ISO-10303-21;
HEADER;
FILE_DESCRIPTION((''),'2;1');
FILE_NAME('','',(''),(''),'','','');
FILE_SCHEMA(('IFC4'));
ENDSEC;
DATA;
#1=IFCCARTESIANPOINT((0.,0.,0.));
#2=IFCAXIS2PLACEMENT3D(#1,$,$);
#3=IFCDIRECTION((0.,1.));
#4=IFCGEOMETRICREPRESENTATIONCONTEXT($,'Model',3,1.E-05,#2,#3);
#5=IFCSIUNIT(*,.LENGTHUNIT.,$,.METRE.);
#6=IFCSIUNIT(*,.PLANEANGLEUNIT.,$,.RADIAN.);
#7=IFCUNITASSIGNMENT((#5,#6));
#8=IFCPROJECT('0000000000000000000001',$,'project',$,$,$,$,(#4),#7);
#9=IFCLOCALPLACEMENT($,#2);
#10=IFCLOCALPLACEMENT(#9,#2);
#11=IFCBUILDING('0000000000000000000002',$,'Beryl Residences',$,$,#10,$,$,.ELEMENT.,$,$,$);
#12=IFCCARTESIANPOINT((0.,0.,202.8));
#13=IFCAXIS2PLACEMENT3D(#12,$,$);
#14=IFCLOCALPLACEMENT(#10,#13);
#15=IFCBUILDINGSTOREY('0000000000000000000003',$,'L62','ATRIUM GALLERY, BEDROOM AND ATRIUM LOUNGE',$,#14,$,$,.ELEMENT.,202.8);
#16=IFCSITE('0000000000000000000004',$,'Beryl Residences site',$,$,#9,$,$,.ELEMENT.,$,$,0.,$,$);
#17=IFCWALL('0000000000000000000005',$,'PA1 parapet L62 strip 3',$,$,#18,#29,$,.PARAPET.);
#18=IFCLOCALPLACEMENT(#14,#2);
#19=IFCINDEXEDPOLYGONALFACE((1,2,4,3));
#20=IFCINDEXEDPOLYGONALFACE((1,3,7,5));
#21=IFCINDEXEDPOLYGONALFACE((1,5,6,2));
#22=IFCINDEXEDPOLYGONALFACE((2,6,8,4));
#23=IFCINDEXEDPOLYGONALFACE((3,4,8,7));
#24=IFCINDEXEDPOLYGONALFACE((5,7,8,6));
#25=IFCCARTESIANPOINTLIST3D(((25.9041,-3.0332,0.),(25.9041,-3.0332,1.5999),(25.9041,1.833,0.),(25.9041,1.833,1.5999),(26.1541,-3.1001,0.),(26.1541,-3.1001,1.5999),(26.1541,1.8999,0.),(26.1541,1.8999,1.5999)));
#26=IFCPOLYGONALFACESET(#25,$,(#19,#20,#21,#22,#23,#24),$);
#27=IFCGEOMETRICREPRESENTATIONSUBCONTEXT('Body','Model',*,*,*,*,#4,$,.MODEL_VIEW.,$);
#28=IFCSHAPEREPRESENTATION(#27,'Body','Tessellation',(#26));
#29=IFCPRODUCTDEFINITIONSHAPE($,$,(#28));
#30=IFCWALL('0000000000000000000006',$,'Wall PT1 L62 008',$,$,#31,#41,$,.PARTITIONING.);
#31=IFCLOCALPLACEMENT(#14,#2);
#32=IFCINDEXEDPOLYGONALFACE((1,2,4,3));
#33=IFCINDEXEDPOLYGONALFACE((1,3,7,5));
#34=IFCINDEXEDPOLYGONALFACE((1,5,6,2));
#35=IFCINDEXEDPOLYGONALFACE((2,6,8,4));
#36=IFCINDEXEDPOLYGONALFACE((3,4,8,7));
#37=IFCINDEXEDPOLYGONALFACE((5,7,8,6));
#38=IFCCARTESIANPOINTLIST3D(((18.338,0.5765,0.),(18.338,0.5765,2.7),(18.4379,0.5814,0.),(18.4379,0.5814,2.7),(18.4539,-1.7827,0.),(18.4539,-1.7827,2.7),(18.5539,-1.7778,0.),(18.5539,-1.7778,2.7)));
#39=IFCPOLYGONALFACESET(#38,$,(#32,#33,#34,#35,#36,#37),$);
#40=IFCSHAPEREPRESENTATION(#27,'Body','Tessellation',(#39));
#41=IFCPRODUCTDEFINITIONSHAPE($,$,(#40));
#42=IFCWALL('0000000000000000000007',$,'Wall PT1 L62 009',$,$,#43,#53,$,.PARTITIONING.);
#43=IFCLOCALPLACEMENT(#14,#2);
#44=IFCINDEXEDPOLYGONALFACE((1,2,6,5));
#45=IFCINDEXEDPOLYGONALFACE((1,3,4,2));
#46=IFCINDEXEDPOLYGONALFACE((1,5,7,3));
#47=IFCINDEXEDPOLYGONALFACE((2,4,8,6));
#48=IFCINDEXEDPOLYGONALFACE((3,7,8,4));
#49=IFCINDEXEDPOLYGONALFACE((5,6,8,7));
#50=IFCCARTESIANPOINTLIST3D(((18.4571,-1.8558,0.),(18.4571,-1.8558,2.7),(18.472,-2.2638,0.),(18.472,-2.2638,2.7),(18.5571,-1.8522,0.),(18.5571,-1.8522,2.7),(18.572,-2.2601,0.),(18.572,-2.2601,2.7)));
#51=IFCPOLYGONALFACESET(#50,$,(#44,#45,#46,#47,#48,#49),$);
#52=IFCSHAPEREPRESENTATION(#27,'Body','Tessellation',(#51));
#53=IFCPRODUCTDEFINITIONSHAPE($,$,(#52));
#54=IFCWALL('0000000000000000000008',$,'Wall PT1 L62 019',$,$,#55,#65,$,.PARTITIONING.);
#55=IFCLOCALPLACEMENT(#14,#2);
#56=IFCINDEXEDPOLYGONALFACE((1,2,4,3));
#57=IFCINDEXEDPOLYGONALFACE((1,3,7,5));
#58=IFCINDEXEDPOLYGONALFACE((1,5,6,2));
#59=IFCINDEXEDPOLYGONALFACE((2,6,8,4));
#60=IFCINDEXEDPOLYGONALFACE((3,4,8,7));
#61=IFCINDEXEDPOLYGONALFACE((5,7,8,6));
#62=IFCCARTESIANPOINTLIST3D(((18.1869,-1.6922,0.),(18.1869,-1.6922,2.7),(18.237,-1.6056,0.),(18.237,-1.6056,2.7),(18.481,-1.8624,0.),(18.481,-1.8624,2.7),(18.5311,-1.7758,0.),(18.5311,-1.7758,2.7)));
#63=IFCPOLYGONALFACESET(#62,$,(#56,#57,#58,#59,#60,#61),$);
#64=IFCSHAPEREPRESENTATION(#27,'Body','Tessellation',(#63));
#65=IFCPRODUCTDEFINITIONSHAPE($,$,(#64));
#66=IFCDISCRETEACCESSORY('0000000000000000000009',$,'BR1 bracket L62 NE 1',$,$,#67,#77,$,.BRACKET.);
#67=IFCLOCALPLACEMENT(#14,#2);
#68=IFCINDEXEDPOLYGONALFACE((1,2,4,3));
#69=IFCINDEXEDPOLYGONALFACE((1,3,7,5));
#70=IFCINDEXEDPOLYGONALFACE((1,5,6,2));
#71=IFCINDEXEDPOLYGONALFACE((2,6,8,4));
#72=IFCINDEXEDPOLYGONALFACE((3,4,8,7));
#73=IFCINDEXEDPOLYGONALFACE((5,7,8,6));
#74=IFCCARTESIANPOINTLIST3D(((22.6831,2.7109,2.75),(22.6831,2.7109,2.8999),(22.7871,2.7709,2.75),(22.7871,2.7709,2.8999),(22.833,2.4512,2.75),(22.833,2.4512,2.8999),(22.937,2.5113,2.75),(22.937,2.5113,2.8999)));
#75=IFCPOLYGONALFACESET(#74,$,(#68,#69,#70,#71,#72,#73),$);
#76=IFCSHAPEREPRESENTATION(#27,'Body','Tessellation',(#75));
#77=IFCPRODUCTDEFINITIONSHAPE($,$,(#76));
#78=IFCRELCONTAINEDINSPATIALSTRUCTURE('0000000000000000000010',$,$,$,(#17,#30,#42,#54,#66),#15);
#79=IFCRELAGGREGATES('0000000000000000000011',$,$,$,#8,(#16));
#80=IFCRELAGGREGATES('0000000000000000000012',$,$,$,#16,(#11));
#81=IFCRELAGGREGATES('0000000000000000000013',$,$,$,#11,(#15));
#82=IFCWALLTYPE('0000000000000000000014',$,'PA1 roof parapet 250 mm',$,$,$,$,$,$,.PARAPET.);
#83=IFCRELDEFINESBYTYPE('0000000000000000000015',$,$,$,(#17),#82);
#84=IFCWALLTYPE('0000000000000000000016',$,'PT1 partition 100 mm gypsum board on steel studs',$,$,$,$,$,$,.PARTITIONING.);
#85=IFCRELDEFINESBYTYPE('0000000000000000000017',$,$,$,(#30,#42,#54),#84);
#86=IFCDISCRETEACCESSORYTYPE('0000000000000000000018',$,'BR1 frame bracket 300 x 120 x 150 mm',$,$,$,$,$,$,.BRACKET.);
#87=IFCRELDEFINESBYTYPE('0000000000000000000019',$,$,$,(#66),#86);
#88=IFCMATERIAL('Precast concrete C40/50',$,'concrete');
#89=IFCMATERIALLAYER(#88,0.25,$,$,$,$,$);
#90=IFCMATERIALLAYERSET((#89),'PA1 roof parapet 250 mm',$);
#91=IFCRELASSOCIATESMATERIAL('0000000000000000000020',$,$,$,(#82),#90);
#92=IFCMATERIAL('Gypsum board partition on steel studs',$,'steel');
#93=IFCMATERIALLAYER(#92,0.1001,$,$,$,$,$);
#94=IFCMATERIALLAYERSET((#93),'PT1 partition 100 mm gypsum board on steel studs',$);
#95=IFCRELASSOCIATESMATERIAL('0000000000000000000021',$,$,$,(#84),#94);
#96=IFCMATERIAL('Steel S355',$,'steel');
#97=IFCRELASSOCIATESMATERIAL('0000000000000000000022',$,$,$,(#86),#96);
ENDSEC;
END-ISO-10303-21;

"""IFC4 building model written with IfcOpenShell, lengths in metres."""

from ifc_helpers import new_model, si_unit, direction, frame, frame_2d, origin, place, context, subcontext, project, spatial, polyline, rectangle, outline, extrude, source, transform, mapped, material, layer, layer_set, type_object, type_shapes, element, save


model = new_model("IFC4")

# Units and contexts
model_context = context("Model", 3, precision=1e-05, world=origin(), true_north=direction((0.0, 1.0)))
body_context = subcontext(model_context, "Body", "Model", "MODEL_VIEW")
ifc_project = project(units=[si_unit("LENGTHUNIT", "METRE"), si_unit("PLANEANGLEUNIT", "RADIAN")], contexts=[model_context])

# Site, building, storey
site_placement = place(None, origin())
site = spatial("IfcSite", under=ifc_project, at=site_placement, Name="Beryl Residences site", CompositionType="ELEMENT", RefElevation=0.0)
building_placement = place(site_placement, origin())
building = spatial("IfcBuilding", under=site, at=building_placement, Name="Beryl Residences", CompositionType="ELEMENT")
storey_placement = place(building_placement, frame((0.0, 0.0, 202.8)))
storey = spatial("IfcBuildingStorey", under=building, at=storey_placement, Name="L62", Description="ATRIUM GALLERY, BEDROOM AND ATRIUM LOUNGE", CompositionType="ELEMENT", Elevation=202.8)

# Walls
ifc_material_1 = material(Name="Precast concrete C40/50", Category="concrete")
ifc_layer_1 = layer(ifc_material_1, 0.25)
ifc_layer_set_1 = layer_set([ifc_layer_1], Name="PA1 roof parapet 250 mm")
wall_type_1 = type_object("IfcWallType", Name="PA1 roof parapet 250 mm", PredefinedType="PARAPET", material=ifc_layer_set_1)
wall_1_placement = place(storey_placement, frame((26.0291, 1.8999, 0.0), z_axis=(0.0, 0.0, 1.0), x_axis=(0.0, -1.0, 0.0)))
element("IfcWall", 1, at=wall_1_placement, inside=storey, type_object=wall_type_1, Name="PA1 parapet L62 strip 3", PredefinedType="PARAPET", context=body_context, shape_type="SweptSolid", body=[
    extrude(outline(polyline([(0.0669, -0.125), (4.9331, -0.125), (5.0, 0.125), (0.0, 0.125), (0.0669, -0.125)])), origin(), (0.0, 0.0, 1.0), 1.5999),
])
ifc_material_2 = material(Name="Gypsum board partition on steel studs", Category="steel")
ifc_layer_2 = layer(ifc_material_2, 0.1001)
ifc_layer_set_2 = layer_set([ifc_layer_2], Name="PT1 partition 100 mm gypsum board on steel studs")
wall_type_2 = type_object("IfcWallType", Name="PT1 partition 100 mm gypsum board on steel studs", PredefinedType="PARTITIONING", material=ifc_layer_set_2)
wall_2_placement = place(storey_placement, frame((18.3879, 0.5791, 0.0), z_axis=(0.0, 0.0, 1.0), x_axis=(0.049097, -0.998794, 0.0)))
element("IfcWall", 2, at=wall_2_placement, inside=storey, type_object=wall_type_2, Name="Wall PT1 L62 008", PredefinedType="PARTITIONING", context=body_context, shape_type="SweptSolid", body=[
    extrude(rectangle(XDim=2.3621, YDim=0.1001, at=frame_2d((1.1812, 0.0))), origin(), (0.0, 0.0, 1.0), 2.7),
])
wall_3_placement = place(storey_placement, frame((18.5071, -1.854, 0.0), z_axis=(0.0, 0.0, 1.0), x_axis=(0.036481, -0.999334, 0.0)))
element("IfcWall", 3, at=wall_3_placement, inside=storey, type_object=wall_type_2, Name="Wall PT1 L62 009", PredefinedType="PARTITIONING", context=body_context, shape_type="SweptSolid", body=[
    extrude(rectangle(XDim=0.4082, YDim=0.1001, at=frame_2d((0.2041, 0.0))), origin(), (0.0, 0.0, 1.0), 2.7),
])
wall_4_placement = place(storey_placement, frame((18.2119, -1.6489, 0.0), z_axis=(0.0, 0.0, 1.0), x_axis=(0.865623, -0.500696, 0.0)))
element("IfcWall", 4, at=wall_4_placement, inside=storey, type_object=wall_type_2, Name="Wall PT1 L62 019", PredefinedType="PARTITIONING", context=body_context, shape_type="SweptSolid", body=[
    extrude(rectangle(XDim=0.3398, YDim=0.1001, at=frame_2d((0.1699, 0.0))), origin(), (0.0, 0.0, 1.0), 2.7),
])

# Discrete accessory
ifc_material_3 = material(Name="Steel S355", Category="steel")
discrete_accessory_type = type_object("IfcDiscreteAccessoryType", Name="BR1 frame bracket 300 x 120 x 150 mm", PredefinedType="BRACKET", material=ifc_material_3)
shared_shape_1 = source(origin(), body_context, "Body", "SweptSolid", [
    extrude(outline(polyline([(-0.1499, 0.0), (0.1499, 0.0), (0.1499, 0.1201), (-0.1499, 0.1201), (-0.1499, 0.0)])), origin(), (0.0, 0.0, 1.0), 0.1499),
])
type_shapes(discrete_accessory_type, [shared_shape_1])
discrete_accessory_placement = place(storey_placement, frame((22.7581, 2.5811, 2.75), z_axis=(0.0, 0.0, 1.0), x_axis=(0.5, -0.866025, 0.0)))
element("IfcDiscreteAccessory", 5, at=discrete_accessory_placement, inside=storey, type_object=discrete_accessory_type, Name="BR1 bracket L62 NE 1", PredefinedType="BRACKET", context=body_context, shape_type="MappedRepresentation", body=[
    mapped(shared_shape_1, transform((0.0, 0.0, 0.0))),
])

save(model, "model.ifc")
